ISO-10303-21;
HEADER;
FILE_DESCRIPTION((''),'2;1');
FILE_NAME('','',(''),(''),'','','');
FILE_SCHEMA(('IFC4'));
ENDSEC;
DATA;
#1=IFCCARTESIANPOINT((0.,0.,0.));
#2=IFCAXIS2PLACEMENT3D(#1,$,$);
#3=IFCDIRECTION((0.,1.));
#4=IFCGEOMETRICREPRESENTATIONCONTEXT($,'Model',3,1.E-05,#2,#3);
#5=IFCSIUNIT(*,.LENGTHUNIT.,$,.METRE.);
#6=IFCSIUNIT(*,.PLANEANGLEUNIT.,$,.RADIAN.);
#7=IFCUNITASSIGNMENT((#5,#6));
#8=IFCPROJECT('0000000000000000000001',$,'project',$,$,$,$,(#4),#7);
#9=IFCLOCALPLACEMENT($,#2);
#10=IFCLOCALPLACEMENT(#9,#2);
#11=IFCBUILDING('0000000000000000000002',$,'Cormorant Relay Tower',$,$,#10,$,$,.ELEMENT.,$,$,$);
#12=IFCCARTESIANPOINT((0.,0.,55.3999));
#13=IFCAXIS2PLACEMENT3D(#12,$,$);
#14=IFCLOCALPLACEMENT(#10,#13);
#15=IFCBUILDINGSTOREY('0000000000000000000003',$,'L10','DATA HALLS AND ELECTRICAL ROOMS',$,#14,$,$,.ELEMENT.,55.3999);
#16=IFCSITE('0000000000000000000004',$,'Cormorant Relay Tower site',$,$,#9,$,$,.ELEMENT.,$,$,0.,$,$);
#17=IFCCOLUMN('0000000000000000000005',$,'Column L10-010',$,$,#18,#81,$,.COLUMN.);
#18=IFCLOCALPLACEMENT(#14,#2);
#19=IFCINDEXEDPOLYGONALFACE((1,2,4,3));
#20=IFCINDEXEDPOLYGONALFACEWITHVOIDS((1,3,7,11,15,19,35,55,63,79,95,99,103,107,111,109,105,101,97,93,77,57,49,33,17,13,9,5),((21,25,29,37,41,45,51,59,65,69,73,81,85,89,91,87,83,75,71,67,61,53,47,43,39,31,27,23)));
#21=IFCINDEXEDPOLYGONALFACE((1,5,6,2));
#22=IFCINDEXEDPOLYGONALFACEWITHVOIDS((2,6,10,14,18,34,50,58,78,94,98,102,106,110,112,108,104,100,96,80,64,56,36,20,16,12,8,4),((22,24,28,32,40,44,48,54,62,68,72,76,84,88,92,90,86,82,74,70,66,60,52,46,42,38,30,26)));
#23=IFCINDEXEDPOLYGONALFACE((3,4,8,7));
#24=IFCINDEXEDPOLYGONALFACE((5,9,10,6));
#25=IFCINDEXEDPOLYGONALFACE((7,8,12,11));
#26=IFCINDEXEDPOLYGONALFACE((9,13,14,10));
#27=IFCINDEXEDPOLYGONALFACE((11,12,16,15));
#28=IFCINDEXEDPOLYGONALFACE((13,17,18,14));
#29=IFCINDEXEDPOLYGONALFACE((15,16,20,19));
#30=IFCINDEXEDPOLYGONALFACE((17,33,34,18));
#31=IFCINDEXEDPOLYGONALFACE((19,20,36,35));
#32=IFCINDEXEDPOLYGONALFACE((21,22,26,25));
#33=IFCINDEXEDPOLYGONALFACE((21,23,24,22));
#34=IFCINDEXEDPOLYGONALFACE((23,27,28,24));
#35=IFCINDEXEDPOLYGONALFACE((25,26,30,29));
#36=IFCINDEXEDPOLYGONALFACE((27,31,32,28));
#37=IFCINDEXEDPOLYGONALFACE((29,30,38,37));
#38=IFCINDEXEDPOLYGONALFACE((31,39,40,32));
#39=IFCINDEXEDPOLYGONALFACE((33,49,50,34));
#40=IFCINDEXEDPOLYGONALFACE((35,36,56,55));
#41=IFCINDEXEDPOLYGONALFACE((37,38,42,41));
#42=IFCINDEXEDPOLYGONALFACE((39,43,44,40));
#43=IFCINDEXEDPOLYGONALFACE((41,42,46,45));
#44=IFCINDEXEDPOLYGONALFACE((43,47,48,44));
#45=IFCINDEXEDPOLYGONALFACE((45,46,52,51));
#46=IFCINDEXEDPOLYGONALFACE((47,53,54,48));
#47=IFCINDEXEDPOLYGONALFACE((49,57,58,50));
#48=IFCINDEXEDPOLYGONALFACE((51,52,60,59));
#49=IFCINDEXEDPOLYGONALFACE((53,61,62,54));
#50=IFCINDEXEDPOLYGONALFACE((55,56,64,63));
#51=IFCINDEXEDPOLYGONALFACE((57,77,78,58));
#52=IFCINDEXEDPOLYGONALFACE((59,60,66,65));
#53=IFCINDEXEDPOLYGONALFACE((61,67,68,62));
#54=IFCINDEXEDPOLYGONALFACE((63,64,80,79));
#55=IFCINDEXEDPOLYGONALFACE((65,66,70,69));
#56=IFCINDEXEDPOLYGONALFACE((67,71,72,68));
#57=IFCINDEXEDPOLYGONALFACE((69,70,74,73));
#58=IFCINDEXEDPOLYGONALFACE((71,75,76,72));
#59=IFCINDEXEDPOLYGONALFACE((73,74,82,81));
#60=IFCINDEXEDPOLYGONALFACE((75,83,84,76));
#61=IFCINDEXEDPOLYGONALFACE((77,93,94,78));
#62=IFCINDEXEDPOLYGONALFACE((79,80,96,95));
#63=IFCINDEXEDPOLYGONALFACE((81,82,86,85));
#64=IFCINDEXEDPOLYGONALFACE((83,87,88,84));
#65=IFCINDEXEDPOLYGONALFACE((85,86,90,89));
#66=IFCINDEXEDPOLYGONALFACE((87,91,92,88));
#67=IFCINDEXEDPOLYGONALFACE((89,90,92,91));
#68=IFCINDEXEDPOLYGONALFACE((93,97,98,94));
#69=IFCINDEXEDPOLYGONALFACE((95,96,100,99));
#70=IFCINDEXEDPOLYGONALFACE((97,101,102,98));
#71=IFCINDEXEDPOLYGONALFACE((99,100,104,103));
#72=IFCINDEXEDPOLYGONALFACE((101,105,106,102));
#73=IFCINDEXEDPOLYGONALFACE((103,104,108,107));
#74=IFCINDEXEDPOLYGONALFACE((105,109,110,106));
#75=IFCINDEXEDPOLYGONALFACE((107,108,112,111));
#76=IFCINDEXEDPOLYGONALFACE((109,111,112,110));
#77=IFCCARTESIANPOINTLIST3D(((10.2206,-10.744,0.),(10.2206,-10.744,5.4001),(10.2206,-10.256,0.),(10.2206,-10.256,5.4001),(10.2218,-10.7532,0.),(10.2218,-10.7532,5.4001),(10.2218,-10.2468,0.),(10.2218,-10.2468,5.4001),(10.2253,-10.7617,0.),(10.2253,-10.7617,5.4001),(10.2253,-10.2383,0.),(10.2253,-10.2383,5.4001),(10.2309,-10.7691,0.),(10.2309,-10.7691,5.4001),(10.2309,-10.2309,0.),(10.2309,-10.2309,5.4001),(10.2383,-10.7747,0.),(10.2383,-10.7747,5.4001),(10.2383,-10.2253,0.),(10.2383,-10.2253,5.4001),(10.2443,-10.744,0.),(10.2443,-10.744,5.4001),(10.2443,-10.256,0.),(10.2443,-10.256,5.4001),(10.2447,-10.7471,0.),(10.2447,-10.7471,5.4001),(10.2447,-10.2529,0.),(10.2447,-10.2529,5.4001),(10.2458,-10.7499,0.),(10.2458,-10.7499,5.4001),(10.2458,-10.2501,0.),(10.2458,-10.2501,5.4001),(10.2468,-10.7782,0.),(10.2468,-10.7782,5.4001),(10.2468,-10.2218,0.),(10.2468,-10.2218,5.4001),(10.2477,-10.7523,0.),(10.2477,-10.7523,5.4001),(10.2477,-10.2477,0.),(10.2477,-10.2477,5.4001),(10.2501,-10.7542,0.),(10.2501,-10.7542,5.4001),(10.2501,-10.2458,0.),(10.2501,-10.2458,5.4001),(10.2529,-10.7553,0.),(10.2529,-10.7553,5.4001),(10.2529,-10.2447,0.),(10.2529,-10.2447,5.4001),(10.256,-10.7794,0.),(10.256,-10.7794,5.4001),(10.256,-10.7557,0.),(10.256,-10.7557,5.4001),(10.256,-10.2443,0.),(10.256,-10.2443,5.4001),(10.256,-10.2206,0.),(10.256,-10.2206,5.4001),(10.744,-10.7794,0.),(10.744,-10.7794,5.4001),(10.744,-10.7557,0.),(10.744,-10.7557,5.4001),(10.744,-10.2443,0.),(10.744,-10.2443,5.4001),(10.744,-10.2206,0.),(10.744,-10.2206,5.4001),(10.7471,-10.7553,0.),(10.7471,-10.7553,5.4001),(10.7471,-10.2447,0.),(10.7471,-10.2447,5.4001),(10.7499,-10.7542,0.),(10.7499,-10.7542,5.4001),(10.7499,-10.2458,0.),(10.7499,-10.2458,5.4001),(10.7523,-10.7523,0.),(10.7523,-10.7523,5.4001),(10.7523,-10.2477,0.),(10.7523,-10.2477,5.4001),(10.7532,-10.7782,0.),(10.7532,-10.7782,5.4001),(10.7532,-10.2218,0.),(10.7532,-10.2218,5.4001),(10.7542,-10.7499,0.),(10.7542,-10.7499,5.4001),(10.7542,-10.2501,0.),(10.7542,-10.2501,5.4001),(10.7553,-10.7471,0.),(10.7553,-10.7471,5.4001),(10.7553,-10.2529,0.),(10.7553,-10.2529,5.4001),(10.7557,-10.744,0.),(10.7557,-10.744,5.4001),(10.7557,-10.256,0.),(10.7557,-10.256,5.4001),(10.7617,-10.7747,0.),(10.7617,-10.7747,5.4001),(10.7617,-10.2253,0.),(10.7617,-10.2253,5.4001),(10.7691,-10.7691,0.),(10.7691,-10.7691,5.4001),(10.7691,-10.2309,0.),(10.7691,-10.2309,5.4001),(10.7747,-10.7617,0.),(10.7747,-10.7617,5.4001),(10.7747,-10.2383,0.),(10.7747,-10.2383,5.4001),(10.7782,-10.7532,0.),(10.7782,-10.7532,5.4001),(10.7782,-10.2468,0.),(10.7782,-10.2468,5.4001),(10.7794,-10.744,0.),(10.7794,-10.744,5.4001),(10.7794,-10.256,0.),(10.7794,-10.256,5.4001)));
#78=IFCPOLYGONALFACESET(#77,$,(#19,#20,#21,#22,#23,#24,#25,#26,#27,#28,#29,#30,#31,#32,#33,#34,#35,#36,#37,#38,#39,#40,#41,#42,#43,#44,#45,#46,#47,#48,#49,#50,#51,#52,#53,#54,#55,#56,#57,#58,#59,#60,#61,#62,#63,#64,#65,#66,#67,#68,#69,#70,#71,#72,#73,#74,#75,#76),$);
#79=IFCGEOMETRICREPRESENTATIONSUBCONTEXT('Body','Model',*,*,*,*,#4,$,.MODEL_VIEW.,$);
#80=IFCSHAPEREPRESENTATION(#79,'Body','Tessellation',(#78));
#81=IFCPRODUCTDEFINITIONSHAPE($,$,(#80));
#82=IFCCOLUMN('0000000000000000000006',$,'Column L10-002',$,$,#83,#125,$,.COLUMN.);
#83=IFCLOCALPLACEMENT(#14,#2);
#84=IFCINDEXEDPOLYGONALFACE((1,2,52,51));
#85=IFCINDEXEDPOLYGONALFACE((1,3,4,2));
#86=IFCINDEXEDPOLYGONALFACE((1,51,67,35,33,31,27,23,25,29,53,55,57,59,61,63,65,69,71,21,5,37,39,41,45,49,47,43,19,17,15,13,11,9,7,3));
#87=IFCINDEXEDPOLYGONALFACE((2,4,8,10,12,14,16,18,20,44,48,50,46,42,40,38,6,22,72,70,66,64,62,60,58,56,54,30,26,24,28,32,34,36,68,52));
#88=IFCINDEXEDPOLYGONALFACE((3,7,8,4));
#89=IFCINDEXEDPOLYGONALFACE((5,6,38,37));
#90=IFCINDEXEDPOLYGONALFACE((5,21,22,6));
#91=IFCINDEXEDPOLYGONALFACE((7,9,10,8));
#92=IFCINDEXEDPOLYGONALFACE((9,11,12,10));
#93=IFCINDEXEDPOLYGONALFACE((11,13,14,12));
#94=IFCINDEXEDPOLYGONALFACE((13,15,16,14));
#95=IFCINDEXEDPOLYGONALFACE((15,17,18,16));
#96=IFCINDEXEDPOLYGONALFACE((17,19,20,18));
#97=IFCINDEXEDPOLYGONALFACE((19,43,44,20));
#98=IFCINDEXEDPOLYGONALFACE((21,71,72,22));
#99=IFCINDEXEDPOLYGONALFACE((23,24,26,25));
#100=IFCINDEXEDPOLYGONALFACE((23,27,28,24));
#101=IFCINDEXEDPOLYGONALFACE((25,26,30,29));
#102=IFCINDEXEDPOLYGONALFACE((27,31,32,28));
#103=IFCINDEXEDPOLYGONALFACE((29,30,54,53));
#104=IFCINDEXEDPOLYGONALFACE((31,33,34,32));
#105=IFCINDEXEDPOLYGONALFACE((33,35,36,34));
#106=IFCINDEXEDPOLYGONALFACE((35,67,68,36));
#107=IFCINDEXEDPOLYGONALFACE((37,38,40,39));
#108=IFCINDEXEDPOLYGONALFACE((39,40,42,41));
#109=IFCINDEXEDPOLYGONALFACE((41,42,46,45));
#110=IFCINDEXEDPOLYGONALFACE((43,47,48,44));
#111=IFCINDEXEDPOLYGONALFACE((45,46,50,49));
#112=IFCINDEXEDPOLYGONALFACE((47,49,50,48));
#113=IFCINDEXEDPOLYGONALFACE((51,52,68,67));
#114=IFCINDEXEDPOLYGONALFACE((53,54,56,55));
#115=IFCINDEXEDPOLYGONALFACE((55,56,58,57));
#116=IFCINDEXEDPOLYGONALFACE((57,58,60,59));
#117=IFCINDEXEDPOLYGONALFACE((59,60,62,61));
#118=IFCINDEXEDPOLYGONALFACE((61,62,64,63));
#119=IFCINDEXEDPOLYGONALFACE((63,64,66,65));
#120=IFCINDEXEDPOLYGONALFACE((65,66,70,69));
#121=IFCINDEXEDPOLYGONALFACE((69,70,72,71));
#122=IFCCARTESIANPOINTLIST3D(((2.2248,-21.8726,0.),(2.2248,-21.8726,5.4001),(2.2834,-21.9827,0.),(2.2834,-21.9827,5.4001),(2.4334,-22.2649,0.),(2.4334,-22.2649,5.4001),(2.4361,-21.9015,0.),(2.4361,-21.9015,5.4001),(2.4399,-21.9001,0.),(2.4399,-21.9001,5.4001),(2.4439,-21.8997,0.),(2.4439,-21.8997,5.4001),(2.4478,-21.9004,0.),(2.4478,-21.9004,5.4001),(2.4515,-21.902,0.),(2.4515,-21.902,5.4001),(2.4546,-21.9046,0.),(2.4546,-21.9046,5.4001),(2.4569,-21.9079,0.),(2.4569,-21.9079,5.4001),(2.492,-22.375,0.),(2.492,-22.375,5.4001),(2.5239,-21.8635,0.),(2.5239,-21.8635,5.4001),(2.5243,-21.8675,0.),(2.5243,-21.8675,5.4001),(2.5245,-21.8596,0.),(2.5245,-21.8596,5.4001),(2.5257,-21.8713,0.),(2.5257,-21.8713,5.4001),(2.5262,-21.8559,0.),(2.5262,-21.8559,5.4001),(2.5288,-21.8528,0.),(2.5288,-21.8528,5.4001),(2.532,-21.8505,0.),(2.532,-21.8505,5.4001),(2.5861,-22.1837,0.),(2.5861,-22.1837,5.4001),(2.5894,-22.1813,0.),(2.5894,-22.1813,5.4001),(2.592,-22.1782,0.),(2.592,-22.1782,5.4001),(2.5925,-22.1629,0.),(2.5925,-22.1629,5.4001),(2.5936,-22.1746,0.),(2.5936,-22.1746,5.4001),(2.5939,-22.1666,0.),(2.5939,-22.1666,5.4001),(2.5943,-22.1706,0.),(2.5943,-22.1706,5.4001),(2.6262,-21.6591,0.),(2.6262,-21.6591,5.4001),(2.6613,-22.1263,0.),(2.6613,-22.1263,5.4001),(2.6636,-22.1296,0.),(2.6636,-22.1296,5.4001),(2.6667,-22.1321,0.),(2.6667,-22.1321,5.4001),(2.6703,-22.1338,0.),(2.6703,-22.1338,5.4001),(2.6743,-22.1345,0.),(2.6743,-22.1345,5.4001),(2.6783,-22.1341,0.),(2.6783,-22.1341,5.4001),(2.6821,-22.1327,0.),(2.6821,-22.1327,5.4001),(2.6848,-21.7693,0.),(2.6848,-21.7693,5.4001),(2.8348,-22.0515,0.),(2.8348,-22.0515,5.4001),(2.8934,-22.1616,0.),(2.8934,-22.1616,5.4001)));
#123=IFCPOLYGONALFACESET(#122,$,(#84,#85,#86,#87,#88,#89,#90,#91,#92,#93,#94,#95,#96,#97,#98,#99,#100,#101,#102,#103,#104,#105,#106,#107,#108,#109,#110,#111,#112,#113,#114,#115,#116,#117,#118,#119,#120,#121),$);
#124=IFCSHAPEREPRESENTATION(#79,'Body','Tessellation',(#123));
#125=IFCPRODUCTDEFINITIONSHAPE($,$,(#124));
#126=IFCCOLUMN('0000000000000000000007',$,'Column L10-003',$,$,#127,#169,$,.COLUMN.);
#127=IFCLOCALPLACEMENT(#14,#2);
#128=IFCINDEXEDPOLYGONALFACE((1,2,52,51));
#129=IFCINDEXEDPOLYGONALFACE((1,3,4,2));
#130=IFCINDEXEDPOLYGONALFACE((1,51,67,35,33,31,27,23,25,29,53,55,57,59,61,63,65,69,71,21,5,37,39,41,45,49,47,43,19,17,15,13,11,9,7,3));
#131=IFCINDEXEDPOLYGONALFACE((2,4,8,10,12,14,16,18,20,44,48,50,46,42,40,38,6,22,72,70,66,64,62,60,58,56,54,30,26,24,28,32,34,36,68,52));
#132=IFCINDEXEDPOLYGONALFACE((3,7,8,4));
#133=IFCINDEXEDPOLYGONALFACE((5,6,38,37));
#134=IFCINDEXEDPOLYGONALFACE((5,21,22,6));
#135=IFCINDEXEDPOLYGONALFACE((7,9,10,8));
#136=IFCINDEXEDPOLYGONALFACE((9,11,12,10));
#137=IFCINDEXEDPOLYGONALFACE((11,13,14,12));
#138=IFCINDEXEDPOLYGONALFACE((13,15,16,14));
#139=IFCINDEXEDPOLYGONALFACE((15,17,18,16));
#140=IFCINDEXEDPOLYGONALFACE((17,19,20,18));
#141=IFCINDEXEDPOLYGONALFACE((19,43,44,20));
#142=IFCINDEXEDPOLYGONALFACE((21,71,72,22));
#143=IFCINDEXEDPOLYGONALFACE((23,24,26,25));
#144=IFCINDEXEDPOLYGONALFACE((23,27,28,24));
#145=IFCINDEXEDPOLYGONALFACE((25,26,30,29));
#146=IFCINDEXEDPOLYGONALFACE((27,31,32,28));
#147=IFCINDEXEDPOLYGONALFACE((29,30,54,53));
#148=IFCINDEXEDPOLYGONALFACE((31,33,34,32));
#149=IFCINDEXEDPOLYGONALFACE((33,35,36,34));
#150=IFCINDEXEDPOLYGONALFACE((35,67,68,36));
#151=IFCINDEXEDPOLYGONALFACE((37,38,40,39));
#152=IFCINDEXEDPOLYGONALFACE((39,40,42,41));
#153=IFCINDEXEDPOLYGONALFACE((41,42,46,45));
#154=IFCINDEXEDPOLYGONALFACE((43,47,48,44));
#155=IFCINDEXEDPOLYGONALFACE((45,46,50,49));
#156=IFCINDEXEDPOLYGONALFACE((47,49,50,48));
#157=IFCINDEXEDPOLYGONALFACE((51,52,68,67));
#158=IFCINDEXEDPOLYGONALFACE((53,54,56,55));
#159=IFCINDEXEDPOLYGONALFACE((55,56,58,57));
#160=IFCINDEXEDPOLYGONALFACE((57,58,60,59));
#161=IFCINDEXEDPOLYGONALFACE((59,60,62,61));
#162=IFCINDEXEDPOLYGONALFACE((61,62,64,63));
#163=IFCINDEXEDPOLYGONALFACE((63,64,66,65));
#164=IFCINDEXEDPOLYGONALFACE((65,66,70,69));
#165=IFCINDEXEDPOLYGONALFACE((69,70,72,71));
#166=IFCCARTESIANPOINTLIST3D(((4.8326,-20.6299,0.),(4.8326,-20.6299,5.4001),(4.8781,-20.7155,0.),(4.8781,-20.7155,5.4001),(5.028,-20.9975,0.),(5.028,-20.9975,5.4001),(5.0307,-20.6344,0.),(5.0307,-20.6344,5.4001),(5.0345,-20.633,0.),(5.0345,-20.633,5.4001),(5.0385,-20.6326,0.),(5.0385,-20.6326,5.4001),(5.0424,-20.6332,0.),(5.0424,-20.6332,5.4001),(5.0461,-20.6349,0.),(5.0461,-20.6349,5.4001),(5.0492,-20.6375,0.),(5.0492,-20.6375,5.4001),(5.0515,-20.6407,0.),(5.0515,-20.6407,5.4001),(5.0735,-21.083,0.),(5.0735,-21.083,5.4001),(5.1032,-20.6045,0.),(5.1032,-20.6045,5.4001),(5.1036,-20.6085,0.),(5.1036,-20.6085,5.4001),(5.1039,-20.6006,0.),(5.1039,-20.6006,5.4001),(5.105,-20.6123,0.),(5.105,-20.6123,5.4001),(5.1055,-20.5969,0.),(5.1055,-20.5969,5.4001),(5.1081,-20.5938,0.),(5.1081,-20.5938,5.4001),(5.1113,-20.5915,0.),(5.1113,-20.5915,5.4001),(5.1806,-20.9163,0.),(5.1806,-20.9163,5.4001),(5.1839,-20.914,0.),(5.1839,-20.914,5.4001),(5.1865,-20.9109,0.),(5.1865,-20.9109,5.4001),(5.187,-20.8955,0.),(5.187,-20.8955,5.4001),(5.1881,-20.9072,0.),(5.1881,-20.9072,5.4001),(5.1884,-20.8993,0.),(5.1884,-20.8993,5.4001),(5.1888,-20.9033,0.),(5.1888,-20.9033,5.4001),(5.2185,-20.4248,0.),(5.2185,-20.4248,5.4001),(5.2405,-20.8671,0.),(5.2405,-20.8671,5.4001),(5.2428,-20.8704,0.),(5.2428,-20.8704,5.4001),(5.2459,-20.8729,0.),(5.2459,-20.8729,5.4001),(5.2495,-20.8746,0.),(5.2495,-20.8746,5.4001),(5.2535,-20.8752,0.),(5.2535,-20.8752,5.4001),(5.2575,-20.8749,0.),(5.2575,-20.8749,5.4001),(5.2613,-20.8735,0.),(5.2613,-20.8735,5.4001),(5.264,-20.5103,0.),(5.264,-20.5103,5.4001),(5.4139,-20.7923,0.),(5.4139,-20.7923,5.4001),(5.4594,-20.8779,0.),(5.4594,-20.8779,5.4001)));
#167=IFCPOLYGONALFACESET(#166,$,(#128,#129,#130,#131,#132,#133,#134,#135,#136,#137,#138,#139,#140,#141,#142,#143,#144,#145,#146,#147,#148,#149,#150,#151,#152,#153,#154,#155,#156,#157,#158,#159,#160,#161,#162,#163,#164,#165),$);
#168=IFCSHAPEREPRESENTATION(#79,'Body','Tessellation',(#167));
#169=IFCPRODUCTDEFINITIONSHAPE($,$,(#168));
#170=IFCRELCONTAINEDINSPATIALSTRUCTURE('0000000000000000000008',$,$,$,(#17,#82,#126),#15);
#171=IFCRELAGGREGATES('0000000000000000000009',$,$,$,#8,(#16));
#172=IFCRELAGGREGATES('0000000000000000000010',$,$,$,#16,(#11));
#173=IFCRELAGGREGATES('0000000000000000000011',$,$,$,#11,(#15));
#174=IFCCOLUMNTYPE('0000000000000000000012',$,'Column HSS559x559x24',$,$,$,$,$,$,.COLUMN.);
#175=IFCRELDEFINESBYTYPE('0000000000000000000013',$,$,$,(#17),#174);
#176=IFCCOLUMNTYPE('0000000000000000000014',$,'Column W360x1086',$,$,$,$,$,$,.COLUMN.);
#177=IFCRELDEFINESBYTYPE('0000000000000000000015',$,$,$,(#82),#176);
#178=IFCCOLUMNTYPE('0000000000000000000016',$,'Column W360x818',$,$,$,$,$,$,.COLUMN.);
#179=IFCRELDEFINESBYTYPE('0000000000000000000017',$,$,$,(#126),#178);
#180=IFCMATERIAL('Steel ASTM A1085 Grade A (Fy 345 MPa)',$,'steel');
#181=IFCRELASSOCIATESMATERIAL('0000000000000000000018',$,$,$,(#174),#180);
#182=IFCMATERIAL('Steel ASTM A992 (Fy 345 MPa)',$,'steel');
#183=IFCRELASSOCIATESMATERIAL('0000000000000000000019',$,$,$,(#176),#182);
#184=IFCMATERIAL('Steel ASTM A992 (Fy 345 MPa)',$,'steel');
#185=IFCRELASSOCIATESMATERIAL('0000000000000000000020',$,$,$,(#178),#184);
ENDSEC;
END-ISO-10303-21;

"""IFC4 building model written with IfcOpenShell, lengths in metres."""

from ifc_helpers import new_model, si_unit, direction, frame, origin, origin_2d, place, context, subcontext, project, spatial, hollow_rectangle, i_section, extrude, material, material_profile, profile_set, type_object, element, save


model = new_model("IFC4")

# Units and contexts
model_context = context("Model", 3, precision=1e-05, world=origin(), true_north=direction((0.0, 1.0)))
body_context = subcontext(model_context, "Body", "Model", "MODEL_VIEW")
ifc_project = project(units=[si_unit("LENGTHUNIT", "METRE"), si_unit("PLANEANGLEUNIT", "RADIAN")], contexts=[model_context])

# Site, building, storey
site_placement = place(None, origin())
site = spatial("IfcSite", under=ifc_project, at=site_placement, Name="Cormorant Relay Tower site", CompositionType="ELEMENT", RefElevation=0.0)
building_placement = place(site_placement, origin())
building = spatial("IfcBuilding", under=site, at=building_placement, Name="Cormorant Relay Tower", CompositionType="ELEMENT")
storey_placement = place(building_placement, frame((0.0, 0.0, 55.3999)))
storey = spatial("IfcBuildingStorey", under=building, at=storey_placement, Name="L10", Description="DATA HALLS AND ELECTRICAL ROOMS", CompositionType="ELEMENT", Elevation=55.3999)

# Columns
ifc_material_1 = material(Name="Steel ASTM A1085 Grade A (Fy 345 MPa)", Category="steel")
ifc_material_profile_1 = material_profile(ifc_material_1, hollow_rectangle(XDim=0.5588, YDim=0.5588, WallThickness=0.0237, InnerFilletRadius=0.0117, OuterFilletRadius=0.0354, at=origin_2d()), Name="HSS559x559x24")
ifc_profile_set_1 = profile_set([ifc_material_profile_1], Name="Steel ASTM A1085 Grade A (Fy 345 MPa)")
column_type_1 = type_object("IfcColumnType", Name="Column HSS559x559x24", PredefinedType="COLUMN", material=ifc_profile_set_1)
column_1_placement = place(storey_placement, frame((10.5, -10.5, 0.0), z_axis=(0.0, 0.0, 1.0), x_axis=(1.0, 0.0, 0.0)))
element("IfcColumn", 1, at=column_1_placement, inside=storey, type_object=column_type_1, Name="Column L10-010", PredefinedType="COLUMN", context=body_context, shape_type="SweptSolid", body=[
    extrude(hollow_rectangle(XDim=0.5588, YDim=0.5588, WallThickness=0.0237, InnerFilletRadius=0.0117, OuterFilletRadius=0.0354, at=origin_2d()), origin(), (0.0, 0.0, 1.0), 5.4001),
])
ifc_material_2 = material(Name="Steel ASTM A992 (Fy 345 MPa)", Category="steel")
ifc_material_profile_2 = material_profile(ifc_material_2, i_section(OverallWidth=0.4546, OverallDepth=0.5691, WebThickness=0.0779, FlangeThickness=0.1248, FilletRadius=0.0154, at=origin_2d()), Name="W360x1086")
ifc_profile_set_2 = profile_set([ifc_material_profile_2], Name="Steel ASTM A992 (Fy 345 MPa)")
column_type_2 = type_object("IfcColumnType", Name="Column W360x1086", PredefinedType="COLUMN", material=ifc_profile_set_2)
column_2_placement = place(storey_placement, frame((2.5591, -22.0171, 0.0), z_axis=(0.0, 0.0, 1.0), x_axis=(0.882948, 0.469472, 0.0)))
element("IfcColumn", 2, at=column_2_placement, inside=storey, type_object=column_type_2, Name="Column L10-002", PredefinedType="COLUMN", context=body_context, shape_type="SweptSolid", body=[
    extrude(i_section(OverallWidth=0.4546, OverallDepth=0.5691, WebThickness=0.0779, FlangeThickness=0.1248, FilletRadius=0.0154, at=origin_2d()), origin(), (0.0, 0.0, 1.0), 5.4001),
])
ifc_material_3 = material(Name="Steel ASTM A992 (Fy 345 MPa)", Category="steel")
ifc_material_profile_3 = material_profile(ifc_material_3, i_section(OverallWidth=0.437, OverallDepth=0.5132, WebThickness=0.0605, FlangeThickness=0.0969, FilletRadius=0.0154, at=origin_2d()), Name="W360x818")
ifc_profile_set_3 = profile_set([ifc_material_profile_3], Name="Steel ASTM A992 (Fy 345 MPa)")
column_type_3 = type_object("IfcColumnType", Name="Column W360x818", PredefinedType="COLUMN", material=ifc_profile_set_3)
for number, where, z_axis, x_axis, name in (
    (3, (5.146, -20.7539, 0.0), (0.0, 0.0, 1.0), (0.882948, 0.469472, 0.0), "Column L10-003"),
):
    element("IfcColumn", number, at=place(storey_placement, frame(where, z_axis=z_axis, x_axis=x_axis)), inside=storey, type_object=column_type_3, Name=name, PredefinedType="COLUMN", context=body_context, shape_type="SweptSolid", body=[
        extrude(i_section(OverallWidth=0.437, OverallDepth=0.5132, WebThickness=0.0605, FlangeThickness=0.0969, FilletRadius=0.0154, at=origin_2d()), origin(), (0.0, 0.0, 1.0), 5.4001),
    ])

save(model, "model.ifc")
